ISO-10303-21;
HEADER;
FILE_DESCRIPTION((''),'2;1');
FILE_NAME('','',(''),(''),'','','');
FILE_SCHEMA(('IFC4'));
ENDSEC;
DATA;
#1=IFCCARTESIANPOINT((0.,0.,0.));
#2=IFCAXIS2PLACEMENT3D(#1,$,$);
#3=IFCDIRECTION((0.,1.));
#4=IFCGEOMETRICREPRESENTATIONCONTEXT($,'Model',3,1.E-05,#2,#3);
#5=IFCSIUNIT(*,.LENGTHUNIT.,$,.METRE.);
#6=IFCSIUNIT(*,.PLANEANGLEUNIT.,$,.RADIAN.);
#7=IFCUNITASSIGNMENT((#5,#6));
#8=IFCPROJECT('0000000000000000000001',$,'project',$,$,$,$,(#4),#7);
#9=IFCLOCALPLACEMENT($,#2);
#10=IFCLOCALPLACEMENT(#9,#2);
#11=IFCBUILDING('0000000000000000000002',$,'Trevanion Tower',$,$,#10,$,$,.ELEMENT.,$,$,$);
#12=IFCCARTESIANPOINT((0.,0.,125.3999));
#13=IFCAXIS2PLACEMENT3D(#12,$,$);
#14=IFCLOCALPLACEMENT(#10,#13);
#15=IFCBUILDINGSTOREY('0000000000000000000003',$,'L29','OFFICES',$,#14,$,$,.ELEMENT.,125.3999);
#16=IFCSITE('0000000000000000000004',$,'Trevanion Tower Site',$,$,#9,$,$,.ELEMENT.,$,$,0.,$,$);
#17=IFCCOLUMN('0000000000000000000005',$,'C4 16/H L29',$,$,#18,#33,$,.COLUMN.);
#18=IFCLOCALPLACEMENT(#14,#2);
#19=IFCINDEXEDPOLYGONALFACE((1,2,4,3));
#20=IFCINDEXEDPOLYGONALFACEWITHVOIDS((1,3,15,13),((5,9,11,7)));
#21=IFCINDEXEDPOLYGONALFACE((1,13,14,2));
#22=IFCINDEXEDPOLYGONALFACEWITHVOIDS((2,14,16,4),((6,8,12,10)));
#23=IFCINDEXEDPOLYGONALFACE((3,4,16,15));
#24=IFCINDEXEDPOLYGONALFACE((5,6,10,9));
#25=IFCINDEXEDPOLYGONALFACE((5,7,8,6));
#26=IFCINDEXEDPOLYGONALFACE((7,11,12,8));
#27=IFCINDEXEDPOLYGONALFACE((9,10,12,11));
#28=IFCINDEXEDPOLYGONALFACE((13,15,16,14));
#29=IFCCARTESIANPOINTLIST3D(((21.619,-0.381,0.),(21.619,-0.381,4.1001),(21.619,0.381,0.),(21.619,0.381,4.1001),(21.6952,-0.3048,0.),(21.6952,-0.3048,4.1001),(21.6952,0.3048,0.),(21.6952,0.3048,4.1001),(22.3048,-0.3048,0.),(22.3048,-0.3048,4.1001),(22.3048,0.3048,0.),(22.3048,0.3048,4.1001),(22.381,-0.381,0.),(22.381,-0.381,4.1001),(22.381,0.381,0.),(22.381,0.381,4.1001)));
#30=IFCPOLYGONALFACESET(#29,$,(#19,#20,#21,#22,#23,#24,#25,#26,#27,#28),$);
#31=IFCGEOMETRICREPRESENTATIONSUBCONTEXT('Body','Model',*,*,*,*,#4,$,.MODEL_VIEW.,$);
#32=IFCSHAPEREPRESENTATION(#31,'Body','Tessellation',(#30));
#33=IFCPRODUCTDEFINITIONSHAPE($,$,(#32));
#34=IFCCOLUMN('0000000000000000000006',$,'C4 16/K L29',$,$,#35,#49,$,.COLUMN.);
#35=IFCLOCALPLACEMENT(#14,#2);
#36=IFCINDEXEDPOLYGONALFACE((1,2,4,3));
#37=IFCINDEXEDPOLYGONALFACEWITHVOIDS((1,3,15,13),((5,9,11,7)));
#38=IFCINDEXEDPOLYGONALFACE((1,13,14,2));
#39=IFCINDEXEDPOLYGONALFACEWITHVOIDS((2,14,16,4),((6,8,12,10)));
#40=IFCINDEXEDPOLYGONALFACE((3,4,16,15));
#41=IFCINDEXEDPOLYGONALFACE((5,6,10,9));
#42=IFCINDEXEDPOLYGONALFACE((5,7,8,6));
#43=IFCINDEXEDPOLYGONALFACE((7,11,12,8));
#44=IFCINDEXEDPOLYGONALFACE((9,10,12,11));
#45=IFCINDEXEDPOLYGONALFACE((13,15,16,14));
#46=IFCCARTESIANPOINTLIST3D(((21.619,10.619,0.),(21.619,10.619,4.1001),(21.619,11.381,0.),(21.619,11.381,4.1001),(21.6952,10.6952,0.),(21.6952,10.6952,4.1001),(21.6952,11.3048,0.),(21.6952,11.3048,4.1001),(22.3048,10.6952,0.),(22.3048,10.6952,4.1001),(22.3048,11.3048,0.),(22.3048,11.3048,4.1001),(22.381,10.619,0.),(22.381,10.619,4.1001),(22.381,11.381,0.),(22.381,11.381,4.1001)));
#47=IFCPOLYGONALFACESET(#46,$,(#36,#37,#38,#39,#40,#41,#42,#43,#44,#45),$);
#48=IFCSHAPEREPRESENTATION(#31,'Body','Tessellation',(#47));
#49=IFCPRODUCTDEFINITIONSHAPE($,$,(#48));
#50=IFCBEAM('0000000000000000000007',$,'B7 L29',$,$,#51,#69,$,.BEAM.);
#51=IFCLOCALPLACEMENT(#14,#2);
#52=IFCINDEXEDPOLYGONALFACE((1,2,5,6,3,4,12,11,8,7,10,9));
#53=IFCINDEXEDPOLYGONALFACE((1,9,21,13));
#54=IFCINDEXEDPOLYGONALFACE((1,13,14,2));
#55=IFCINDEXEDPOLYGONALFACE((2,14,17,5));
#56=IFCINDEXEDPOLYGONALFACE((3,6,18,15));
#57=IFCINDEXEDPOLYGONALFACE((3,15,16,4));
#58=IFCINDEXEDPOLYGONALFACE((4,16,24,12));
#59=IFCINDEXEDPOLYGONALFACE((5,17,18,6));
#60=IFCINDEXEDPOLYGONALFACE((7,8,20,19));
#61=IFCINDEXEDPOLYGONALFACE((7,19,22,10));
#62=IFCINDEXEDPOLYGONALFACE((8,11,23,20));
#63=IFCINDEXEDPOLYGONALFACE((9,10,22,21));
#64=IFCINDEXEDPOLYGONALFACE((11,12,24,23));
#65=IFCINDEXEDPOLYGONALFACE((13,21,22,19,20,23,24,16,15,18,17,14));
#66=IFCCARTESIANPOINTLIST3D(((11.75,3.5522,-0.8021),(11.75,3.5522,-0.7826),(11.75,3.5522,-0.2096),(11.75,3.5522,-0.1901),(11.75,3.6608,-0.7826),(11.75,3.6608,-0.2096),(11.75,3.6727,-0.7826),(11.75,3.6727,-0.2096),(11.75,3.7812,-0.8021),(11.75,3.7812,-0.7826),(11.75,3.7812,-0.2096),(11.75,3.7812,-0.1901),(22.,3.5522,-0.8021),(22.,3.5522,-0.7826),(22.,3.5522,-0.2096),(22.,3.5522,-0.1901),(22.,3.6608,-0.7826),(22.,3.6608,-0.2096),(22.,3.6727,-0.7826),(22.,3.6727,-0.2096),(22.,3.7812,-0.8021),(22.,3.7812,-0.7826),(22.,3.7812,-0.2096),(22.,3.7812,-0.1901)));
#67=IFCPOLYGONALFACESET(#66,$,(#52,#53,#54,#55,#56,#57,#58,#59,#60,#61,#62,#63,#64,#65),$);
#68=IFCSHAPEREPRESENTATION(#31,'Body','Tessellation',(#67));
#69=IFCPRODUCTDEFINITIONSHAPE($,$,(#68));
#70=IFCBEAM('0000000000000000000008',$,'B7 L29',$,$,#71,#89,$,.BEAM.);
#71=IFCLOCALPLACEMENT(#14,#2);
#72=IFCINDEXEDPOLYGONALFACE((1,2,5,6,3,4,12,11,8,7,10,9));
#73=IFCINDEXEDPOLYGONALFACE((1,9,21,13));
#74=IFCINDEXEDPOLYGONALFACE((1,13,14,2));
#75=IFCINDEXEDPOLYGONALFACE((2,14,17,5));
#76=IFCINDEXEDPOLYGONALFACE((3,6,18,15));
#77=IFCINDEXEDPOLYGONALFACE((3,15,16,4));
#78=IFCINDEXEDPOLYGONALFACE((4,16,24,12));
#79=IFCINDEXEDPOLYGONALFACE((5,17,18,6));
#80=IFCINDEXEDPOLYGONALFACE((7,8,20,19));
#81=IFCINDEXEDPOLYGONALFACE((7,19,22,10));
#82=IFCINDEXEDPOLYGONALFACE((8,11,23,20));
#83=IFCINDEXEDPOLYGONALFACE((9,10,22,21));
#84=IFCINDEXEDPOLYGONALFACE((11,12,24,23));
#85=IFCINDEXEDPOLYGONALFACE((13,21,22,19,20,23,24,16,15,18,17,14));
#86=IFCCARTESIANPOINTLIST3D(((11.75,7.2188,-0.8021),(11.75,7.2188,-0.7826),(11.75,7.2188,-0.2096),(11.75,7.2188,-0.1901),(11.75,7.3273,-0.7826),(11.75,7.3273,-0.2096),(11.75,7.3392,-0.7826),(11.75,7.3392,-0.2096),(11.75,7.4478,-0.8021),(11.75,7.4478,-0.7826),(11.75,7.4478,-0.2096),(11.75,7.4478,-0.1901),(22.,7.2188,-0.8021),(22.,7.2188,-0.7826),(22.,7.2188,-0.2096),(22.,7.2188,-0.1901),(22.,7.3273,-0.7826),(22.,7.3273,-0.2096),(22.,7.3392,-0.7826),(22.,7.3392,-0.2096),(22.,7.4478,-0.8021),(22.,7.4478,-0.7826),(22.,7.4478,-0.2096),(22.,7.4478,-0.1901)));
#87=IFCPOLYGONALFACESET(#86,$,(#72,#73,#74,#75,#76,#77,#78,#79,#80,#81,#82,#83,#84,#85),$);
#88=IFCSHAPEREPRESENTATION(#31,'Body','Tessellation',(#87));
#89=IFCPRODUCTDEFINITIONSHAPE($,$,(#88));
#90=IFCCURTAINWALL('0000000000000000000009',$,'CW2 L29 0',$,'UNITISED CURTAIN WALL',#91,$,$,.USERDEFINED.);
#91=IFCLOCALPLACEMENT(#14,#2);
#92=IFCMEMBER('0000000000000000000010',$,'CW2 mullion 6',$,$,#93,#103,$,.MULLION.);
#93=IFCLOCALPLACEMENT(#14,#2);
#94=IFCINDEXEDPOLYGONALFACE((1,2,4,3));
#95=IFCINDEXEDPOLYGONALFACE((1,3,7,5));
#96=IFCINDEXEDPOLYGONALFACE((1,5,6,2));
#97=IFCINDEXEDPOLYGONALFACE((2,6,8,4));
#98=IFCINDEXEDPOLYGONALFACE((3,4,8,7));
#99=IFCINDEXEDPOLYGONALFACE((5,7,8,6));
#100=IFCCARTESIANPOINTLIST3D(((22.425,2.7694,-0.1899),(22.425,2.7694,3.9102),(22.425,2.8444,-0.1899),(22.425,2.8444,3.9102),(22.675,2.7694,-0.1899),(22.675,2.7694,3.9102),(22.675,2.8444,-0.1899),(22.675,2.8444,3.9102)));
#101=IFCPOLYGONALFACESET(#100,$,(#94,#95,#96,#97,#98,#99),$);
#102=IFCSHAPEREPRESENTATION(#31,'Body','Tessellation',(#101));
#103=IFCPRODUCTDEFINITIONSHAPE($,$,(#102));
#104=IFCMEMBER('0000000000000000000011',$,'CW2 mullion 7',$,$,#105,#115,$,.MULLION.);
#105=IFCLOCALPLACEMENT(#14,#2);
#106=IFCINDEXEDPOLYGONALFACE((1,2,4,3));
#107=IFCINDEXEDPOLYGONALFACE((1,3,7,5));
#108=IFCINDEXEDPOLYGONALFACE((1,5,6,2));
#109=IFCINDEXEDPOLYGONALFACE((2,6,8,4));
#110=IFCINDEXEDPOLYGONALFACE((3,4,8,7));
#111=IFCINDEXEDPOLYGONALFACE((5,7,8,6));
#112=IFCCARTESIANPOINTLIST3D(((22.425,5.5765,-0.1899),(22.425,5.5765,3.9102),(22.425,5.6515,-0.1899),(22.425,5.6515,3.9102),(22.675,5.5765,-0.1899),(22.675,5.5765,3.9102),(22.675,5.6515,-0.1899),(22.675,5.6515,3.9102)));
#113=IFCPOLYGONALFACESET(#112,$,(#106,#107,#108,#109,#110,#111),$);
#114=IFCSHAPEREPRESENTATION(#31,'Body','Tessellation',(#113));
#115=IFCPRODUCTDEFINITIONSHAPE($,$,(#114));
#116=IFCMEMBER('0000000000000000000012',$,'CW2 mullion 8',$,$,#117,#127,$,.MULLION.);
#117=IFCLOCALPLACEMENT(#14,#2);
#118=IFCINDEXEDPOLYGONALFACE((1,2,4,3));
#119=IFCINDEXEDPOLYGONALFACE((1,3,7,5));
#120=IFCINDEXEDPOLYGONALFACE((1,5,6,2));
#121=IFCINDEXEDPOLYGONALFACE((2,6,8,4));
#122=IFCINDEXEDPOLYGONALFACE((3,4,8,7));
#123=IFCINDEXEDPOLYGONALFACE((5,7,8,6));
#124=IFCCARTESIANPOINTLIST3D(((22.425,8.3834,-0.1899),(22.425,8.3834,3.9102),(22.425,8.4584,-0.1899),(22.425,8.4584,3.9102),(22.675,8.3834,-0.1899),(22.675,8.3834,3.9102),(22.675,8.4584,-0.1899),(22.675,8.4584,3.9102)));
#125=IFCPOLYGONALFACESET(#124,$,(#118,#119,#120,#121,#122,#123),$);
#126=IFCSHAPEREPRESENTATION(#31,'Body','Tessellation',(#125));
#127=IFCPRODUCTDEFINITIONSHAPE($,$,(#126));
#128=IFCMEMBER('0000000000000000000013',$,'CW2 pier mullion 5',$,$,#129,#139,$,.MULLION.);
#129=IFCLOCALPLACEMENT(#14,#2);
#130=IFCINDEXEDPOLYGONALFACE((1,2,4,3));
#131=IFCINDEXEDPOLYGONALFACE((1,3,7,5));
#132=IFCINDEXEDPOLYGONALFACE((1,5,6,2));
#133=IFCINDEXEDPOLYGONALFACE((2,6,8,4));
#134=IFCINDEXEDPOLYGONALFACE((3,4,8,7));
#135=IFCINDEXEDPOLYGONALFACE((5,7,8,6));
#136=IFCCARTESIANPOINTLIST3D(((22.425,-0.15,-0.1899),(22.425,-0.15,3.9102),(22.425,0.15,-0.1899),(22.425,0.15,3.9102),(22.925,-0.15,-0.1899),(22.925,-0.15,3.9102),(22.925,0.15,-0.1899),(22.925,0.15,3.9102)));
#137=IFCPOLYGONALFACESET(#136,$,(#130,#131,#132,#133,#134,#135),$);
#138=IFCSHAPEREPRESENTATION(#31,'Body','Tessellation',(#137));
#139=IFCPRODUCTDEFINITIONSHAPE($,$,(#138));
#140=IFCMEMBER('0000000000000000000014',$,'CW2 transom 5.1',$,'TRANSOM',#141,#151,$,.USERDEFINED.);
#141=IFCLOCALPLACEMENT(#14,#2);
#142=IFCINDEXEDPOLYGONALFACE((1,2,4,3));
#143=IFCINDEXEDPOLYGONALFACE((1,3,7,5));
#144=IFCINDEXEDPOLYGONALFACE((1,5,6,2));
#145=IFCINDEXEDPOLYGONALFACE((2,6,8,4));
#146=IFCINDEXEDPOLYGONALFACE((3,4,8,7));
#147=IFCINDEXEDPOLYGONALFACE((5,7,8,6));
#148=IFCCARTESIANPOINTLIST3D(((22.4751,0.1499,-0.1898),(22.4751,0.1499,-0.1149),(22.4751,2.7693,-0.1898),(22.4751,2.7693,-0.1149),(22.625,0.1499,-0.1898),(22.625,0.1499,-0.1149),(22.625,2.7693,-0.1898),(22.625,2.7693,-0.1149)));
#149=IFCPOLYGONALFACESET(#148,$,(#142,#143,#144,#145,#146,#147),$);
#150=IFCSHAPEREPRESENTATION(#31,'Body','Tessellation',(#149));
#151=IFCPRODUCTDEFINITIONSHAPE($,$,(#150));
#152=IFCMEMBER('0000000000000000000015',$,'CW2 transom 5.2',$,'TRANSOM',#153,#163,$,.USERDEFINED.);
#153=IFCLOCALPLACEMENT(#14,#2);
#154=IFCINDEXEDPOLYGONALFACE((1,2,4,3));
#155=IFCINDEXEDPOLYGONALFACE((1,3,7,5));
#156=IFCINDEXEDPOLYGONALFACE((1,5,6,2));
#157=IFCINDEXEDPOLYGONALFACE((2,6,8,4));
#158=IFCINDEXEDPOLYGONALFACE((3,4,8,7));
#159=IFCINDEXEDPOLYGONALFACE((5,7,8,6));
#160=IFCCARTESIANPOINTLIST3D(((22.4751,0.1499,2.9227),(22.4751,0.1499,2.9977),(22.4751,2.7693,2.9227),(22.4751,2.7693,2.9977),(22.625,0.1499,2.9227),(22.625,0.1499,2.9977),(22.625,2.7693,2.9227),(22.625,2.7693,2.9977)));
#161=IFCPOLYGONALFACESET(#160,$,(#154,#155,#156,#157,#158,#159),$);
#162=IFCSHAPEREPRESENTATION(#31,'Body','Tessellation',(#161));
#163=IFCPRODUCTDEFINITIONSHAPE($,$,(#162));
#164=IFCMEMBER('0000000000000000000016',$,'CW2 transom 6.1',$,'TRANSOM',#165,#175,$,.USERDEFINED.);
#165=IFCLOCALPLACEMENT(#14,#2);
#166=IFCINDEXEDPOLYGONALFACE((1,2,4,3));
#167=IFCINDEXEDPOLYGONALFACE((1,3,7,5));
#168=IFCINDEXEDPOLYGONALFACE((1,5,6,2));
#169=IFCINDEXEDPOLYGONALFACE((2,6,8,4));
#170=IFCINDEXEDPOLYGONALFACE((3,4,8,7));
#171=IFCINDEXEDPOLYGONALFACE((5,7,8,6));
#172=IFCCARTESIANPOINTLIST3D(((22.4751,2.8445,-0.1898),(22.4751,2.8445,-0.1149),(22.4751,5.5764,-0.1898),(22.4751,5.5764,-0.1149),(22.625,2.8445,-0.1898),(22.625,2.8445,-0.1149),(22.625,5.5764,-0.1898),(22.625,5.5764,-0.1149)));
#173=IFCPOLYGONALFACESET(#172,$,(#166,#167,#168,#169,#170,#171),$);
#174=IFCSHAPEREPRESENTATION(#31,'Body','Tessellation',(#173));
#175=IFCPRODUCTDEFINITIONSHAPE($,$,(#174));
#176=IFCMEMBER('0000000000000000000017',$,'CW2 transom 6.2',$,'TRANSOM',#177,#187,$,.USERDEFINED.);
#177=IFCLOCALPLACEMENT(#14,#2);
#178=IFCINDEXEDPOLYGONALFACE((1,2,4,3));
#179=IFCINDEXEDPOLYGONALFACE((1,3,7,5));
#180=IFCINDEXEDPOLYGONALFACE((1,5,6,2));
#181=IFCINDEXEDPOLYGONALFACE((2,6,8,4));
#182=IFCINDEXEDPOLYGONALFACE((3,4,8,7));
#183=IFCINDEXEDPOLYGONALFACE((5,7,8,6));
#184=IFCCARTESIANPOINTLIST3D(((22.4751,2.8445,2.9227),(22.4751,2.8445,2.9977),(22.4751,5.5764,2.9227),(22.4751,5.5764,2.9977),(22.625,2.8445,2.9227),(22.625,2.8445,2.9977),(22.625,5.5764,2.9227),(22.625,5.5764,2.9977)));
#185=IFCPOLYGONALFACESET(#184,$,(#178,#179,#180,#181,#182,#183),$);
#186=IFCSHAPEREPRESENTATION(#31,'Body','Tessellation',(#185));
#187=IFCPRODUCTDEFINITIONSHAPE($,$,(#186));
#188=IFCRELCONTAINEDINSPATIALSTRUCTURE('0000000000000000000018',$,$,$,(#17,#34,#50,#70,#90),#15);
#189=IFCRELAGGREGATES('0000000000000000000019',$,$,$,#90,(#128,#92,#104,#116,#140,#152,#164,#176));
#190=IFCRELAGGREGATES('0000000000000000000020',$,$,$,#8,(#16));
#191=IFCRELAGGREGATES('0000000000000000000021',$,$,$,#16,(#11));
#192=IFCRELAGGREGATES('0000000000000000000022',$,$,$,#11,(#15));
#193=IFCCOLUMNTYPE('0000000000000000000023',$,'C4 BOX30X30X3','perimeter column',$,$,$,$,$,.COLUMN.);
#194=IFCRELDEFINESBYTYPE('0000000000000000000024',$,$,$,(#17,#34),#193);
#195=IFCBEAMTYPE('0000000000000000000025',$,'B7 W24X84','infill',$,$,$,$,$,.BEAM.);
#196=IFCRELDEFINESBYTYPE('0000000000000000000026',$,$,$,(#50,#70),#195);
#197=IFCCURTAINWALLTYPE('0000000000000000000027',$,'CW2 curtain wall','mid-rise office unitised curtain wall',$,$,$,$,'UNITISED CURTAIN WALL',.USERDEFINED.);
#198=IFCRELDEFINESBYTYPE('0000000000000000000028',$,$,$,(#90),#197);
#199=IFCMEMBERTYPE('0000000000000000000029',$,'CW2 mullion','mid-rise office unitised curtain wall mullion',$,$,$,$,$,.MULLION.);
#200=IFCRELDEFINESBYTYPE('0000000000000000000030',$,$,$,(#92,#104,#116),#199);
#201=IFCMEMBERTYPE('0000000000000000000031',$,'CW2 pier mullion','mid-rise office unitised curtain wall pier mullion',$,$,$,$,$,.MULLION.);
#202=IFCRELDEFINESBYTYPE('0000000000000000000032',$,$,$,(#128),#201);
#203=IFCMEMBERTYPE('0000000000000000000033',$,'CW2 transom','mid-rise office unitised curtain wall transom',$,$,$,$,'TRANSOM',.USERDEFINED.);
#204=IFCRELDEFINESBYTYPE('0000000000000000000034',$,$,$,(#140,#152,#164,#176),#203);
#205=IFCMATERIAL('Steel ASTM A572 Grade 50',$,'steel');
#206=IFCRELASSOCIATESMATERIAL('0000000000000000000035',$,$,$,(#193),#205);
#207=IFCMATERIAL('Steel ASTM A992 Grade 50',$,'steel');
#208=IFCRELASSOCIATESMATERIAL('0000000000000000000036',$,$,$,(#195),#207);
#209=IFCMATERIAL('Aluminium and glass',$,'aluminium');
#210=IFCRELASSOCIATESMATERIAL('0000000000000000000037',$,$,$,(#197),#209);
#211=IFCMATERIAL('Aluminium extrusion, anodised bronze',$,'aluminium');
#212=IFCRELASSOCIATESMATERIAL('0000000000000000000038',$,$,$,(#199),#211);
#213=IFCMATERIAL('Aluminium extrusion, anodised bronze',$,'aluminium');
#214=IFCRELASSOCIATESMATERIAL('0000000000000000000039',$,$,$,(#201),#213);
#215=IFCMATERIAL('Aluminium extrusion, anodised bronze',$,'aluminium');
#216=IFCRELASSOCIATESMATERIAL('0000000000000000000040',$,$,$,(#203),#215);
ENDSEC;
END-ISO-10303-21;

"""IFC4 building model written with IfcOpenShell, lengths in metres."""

from ifc_helpers import new_model, si_unit, direction, frame, origin, origin_2d, place, context, subcontext, project, spatial, rectangle, hollow_rectangle, i_section, extrude, material, material_profile, profile_set, type_object, element, aggregate, save


model = new_model("IFC4")

# Units and contexts
model_context = context("Model", 3, precision=1e-05, world=origin(), true_north=direction((0.0, 1.0)))
body_context = subcontext(model_context, "Body", "Model", "MODEL_VIEW")
ifc_project = project(units=[si_unit("LENGTHUNIT", "METRE"), si_unit("PLANEANGLEUNIT", "RADIAN")], contexts=[model_context])

# Site, building, storey
site_placement = place(None, origin())
site = spatial("IfcSite", under=ifc_project, at=site_placement, Name="Trevanion Tower Site", CompositionType="ELEMENT", RefElevation=0.0)
building_placement = place(site_placement, origin())
building = spatial("IfcBuilding", under=site, at=building_placement, Name="Trevanion Tower", CompositionType="ELEMENT")
storey_placement = place(building_placement, frame((0.0, 0.0, 125.3999)))
storey = spatial("IfcBuildingStorey", under=building, at=storey_placement, Name="L29", Description="OFFICES", CompositionType="ELEMENT", Elevation=125.3999)

# Columns
ifc_material_1 = material(Name="Steel ASTM A572 Grade 50", Category="steel")
ifc_material_profile_1 = material_profile(ifc_material_1, hollow_rectangle(XDim=0.762, YDim=0.762, WallThickness=0.0762, at=origin_2d()), Name="BOX30X30X3")
ifc_profile_set_1 = profile_set([ifc_material_profile_1], Name="Steel ASTM A572 Grade 50")
column_type = type_object("IfcColumnType", Name="C4 BOX30X30X3", Description="perimeter column", PredefinedType="COLUMN", material=ifc_profile_set_1)
for number, where, z_axis, x_axis, name in (
    (1, (22.0, 0.0, 0.0), (0.0, 0.0, 1.0), (0.0, 1.0, 0.0), "C4 16/H L29"),
    (2, (22.0, 11.0, 0.0), (0.0, 0.0, 1.0), (0.0, 1.0, 0.0), "C4 16/K L29"),
):
    element("IfcColumn", number, at=place(storey_placement, frame(where, z_axis=z_axis, x_axis=x_axis)), inside=storey, type_object=column_type, Name=name, PredefinedType="COLUMN", context=body_context, shape_type="SweptSolid", body=[
        extrude(hollow_rectangle(XDim=0.762, YDim=0.762, WallThickness=0.0762, at=origin_2d()), origin(), (0.0, 0.0, 1.0), 4.1001),
    ])

# Beams
ifc_material_2 = material(Name="Steel ASTM A992 Grade 50", Category="steel")
ifc_material_profile_2 = material_profile(ifc_material_2, i_section(OverallWidth=0.229, OverallDepth=0.6121, WebThickness=0.012, FlangeThickness=0.0195, at=origin_2d()), Name="W24X84")
ifc_profile_set_2 = profile_set([ifc_material_profile_2], Name="Steel ASTM A992 Grade 50")
beam_type_1 = type_object("IfcBeamType", Name="B7 W24X84", Description="infill", PredefinedType="BEAM", material=ifc_profile_set_2)
for number, where, z_axis, x_axis, name in (
    (3, (11.75, 3.6667, -0.4961), (1.0, 0.0, 0.0), (0.0, 1.0, 0.0), "B7 L29"),
    (4, (11.75, 7.3333, -0.4961), (1.0, 0.0, 0.0), (0.0, 1.0, 0.0), "B7 L29"),
):
    element("IfcBeam", number, at=place(storey_placement, frame(where, z_axis=z_axis, x_axis=x_axis)), inside=storey, type_object=beam_type_1, Name=name, PredefinedType="BEAM", context=body_context, shape_type="SweptSolid", body=[
        extrude(i_section(OverallWidth=0.229, OverallDepth=0.6121, WebThickness=0.012, FlangeThickness=0.0195, at=origin_2d()), origin(), (0.0, 0.0, 1.0), 10.25),
    ])

# Curtain wall, members
ifc_material_3 = material(Name="Aluminium and glass", Category="aluminium")
curtain_wall_type = type_object("IfcCurtainWallType", Name="CW2 curtain wall", Description="mid-rise office unitised curtain wall", ElementType="UNITISED CURTAIN WALL", PredefinedType="USERDEFINED", material=ifc_material_3)
curtain_wall_placement = place(storey_placement, origin())
curtain_wall = element("IfcCurtainWall", 5, at=curtain_wall_placement, inside=storey, type_object=curtain_wall_type, Name="CW2 L29 0", ObjectType="UNITISED CURTAIN WALL", PredefinedType="USERDEFINED")
ifc_material_4 = material(Name="Aluminium extrusion, anodised bronze", Category="aluminium")
ifc_material_profile_3 = material_profile(ifc_material_4, rectangle(XDim=0.075, YDim=0.25, at=origin_2d()), Name="CW2 mullion")
ifc_profile_set_3 = profile_set([ifc_material_profile_3], Name="Aluminium extrusion, anodised bronze")
member_type_1 = type_object("IfcMemberType", Name="CW2 mullion", Description="mid-rise office unitised curtain wall mullion", PredefinedType="MULLION", material=ifc_profile_set_3)
member_1_placement = place(storey_placement, frame((22.55, 2.8069, -0.1899), z_axis=(0.0, 0.0, 1.0), x_axis=(0.0, 1.0, 0.0)))
member_1 = element("IfcMember", 6, at=member_1_placement, type_object=member_type_1, Name="CW2 mullion 6", PredefinedType="MULLION", context=body_context, shape_type="SweptSolid", body=[
    extrude(rectangle(XDim=0.075, YDim=0.25, at=origin_2d()), origin(), (0.0, 0.0, 1.0), 4.1001),
])
member_2_placement = place(storey_placement, frame((22.55, 5.614, -0.1899), z_axis=(0.0, 0.0, 1.0), x_axis=(0.0, 1.0, 0.0)))
member_2 = element("IfcMember", 7, at=member_2_placement, type_object=member_type_1, Name="CW2 mullion 7", PredefinedType="MULLION", context=body_context, shape_type="SweptSolid", body=[
    extrude(rectangle(XDim=0.075, YDim=0.25, at=origin_2d()), origin(), (0.0, 0.0, 1.0), 4.1001),
])
member_3_placement = place(storey_placement, frame((22.55, 8.4209, -0.1899), z_axis=(0.0, 0.0, 1.0), x_axis=(0.0, 1.0, 0.0)))
member_3 = element("IfcMember", 8, at=member_3_placement, type_object=member_type_1, Name="CW2 mullion 8", PredefinedType="MULLION", context=body_context, shape_type="SweptSolid", body=[
    extrude(rectangle(XDim=0.075, YDim=0.25, at=origin_2d()), origin(), (0.0, 0.0, 1.0), 4.1001),
])
ifc_material_5 = material(Name="Aluminium extrusion, anodised bronze", Category="aluminium")
ifc_material_profile_4 = material_profile(ifc_material_5, rectangle(XDim=0.3, YDim=0.5, at=origin_2d()), Name="CW2 pier mullion")
ifc_profile_set_4 = profile_set([ifc_material_profile_4], Name="Aluminium extrusion, anodised bronze")
member_type_2 = type_object("IfcMemberType", Name="CW2 pier mullion", Description="mid-rise office unitised curtain wall pier mullion", PredefinedType="MULLION", material=ifc_profile_set_4)
member_4_placement = place(storey_placement, frame((22.675, 0.0, -0.1899), z_axis=(0.0, 0.0, 1.0), x_axis=(0.0, 1.0, 0.0)))
member_4 = element("IfcMember", 9, at=member_4_placement, type_object=member_type_2, Name="CW2 pier mullion 5", PredefinedType="MULLION", context=body_context, shape_type="SweptSolid", body=[
    extrude(rectangle(XDim=0.3, YDim=0.5, at=origin_2d()), origin(), (0.0, 0.0, 1.0), 4.1001),
])
ifc_material_6 = material(Name="Aluminium extrusion, anodised bronze", Category="aluminium")
ifc_material_profile_5 = material_profile(ifc_material_6, rectangle(XDim=0.1499, YDim=0.075, at=origin_2d()), Name="CW2 transom")
ifc_profile_set_5 = profile_set([ifc_material_profile_5], Name="Aluminium extrusion, anodised bronze")
member_type_3 = type_object("IfcMemberType", Name="CW2 transom", Description="mid-rise office unitised curtain wall transom", ElementType="TRANSOM", PredefinedType="USERDEFINED", material=ifc_profile_set_5)
member_5_placement = place(storey_placement, frame((22.55, 0.1499, -0.1523), z_axis=(0.0, 1.0, 0.0), x_axis=(-1.0, 0.0, 0.0)))
member_5 = element("IfcMember", 10, at=member_5_placement, type_object=member_type_3, Name="CW2 transom 5.1", ObjectType="TRANSOM", PredefinedType="USERDEFINED", context=body_context, shape_type="SweptSolid", body=[
    extrude(rectangle(XDim=0.1499, YDim=0.075, at=origin_2d()), origin(), (0.0, 0.0, 1.0), 2.6194),
])
member_6_placement = place(storey_placement, frame((22.55, 0.1499, 2.9602), z_axis=(0.0, 1.0, 0.0), x_axis=(-1.0, 0.0, 0.0)))
member_6 = element("IfcMember", 11, at=member_6_placement, type_object=member_type_3, Name="CW2 transom 5.2", ObjectType="TRANSOM", PredefinedType="USERDEFINED", context=body_context, shape_type="SweptSolid", body=[
    extrude(rectangle(XDim=0.1499, YDim=0.075, at=origin_2d()), origin(), (0.0, 0.0, 1.0), 2.6194),
])
member_7_placement = place(storey_placement, frame((22.55, 2.8445, -0.1523), z_axis=(0.0, 1.0, 0.0), x_axis=(-1.0, 0.0, 0.0)))
member_7 = element("IfcMember", 12, at=member_7_placement, type_object=member_type_3, Name="CW2 transom 6.1", ObjectType="TRANSOM", PredefinedType="USERDEFINED", context=body_context, shape_type="SweptSolid", body=[
    extrude(rectangle(XDim=0.1499, YDim=0.075, at=origin_2d()), origin(), (0.0, 0.0, 1.0), 2.7319),
])
member_8_placement = place(storey_placement, frame((22.55, 2.8445, 2.9602), z_axis=(0.0, 1.0, 0.0), x_axis=(-1.0, 0.0, 0.0)))
member_8 = element("IfcMember", 13, at=member_8_placement, type_object=member_type_3, Name="CW2 transom 6.2", ObjectType="TRANSOM", PredefinedType="USERDEFINED", context=body_context, shape_type="SweptSolid", body=[
    extrude(rectangle(XDim=0.1499, YDim=0.075, at=origin_2d()), origin(), (0.0, 0.0, 1.0), 2.7319),
])

aggregate(curtain_wall, [member_4, member_1, member_2, member_3, member_5, member_6, member_7, member_8])

save(model, "model.ifc")
